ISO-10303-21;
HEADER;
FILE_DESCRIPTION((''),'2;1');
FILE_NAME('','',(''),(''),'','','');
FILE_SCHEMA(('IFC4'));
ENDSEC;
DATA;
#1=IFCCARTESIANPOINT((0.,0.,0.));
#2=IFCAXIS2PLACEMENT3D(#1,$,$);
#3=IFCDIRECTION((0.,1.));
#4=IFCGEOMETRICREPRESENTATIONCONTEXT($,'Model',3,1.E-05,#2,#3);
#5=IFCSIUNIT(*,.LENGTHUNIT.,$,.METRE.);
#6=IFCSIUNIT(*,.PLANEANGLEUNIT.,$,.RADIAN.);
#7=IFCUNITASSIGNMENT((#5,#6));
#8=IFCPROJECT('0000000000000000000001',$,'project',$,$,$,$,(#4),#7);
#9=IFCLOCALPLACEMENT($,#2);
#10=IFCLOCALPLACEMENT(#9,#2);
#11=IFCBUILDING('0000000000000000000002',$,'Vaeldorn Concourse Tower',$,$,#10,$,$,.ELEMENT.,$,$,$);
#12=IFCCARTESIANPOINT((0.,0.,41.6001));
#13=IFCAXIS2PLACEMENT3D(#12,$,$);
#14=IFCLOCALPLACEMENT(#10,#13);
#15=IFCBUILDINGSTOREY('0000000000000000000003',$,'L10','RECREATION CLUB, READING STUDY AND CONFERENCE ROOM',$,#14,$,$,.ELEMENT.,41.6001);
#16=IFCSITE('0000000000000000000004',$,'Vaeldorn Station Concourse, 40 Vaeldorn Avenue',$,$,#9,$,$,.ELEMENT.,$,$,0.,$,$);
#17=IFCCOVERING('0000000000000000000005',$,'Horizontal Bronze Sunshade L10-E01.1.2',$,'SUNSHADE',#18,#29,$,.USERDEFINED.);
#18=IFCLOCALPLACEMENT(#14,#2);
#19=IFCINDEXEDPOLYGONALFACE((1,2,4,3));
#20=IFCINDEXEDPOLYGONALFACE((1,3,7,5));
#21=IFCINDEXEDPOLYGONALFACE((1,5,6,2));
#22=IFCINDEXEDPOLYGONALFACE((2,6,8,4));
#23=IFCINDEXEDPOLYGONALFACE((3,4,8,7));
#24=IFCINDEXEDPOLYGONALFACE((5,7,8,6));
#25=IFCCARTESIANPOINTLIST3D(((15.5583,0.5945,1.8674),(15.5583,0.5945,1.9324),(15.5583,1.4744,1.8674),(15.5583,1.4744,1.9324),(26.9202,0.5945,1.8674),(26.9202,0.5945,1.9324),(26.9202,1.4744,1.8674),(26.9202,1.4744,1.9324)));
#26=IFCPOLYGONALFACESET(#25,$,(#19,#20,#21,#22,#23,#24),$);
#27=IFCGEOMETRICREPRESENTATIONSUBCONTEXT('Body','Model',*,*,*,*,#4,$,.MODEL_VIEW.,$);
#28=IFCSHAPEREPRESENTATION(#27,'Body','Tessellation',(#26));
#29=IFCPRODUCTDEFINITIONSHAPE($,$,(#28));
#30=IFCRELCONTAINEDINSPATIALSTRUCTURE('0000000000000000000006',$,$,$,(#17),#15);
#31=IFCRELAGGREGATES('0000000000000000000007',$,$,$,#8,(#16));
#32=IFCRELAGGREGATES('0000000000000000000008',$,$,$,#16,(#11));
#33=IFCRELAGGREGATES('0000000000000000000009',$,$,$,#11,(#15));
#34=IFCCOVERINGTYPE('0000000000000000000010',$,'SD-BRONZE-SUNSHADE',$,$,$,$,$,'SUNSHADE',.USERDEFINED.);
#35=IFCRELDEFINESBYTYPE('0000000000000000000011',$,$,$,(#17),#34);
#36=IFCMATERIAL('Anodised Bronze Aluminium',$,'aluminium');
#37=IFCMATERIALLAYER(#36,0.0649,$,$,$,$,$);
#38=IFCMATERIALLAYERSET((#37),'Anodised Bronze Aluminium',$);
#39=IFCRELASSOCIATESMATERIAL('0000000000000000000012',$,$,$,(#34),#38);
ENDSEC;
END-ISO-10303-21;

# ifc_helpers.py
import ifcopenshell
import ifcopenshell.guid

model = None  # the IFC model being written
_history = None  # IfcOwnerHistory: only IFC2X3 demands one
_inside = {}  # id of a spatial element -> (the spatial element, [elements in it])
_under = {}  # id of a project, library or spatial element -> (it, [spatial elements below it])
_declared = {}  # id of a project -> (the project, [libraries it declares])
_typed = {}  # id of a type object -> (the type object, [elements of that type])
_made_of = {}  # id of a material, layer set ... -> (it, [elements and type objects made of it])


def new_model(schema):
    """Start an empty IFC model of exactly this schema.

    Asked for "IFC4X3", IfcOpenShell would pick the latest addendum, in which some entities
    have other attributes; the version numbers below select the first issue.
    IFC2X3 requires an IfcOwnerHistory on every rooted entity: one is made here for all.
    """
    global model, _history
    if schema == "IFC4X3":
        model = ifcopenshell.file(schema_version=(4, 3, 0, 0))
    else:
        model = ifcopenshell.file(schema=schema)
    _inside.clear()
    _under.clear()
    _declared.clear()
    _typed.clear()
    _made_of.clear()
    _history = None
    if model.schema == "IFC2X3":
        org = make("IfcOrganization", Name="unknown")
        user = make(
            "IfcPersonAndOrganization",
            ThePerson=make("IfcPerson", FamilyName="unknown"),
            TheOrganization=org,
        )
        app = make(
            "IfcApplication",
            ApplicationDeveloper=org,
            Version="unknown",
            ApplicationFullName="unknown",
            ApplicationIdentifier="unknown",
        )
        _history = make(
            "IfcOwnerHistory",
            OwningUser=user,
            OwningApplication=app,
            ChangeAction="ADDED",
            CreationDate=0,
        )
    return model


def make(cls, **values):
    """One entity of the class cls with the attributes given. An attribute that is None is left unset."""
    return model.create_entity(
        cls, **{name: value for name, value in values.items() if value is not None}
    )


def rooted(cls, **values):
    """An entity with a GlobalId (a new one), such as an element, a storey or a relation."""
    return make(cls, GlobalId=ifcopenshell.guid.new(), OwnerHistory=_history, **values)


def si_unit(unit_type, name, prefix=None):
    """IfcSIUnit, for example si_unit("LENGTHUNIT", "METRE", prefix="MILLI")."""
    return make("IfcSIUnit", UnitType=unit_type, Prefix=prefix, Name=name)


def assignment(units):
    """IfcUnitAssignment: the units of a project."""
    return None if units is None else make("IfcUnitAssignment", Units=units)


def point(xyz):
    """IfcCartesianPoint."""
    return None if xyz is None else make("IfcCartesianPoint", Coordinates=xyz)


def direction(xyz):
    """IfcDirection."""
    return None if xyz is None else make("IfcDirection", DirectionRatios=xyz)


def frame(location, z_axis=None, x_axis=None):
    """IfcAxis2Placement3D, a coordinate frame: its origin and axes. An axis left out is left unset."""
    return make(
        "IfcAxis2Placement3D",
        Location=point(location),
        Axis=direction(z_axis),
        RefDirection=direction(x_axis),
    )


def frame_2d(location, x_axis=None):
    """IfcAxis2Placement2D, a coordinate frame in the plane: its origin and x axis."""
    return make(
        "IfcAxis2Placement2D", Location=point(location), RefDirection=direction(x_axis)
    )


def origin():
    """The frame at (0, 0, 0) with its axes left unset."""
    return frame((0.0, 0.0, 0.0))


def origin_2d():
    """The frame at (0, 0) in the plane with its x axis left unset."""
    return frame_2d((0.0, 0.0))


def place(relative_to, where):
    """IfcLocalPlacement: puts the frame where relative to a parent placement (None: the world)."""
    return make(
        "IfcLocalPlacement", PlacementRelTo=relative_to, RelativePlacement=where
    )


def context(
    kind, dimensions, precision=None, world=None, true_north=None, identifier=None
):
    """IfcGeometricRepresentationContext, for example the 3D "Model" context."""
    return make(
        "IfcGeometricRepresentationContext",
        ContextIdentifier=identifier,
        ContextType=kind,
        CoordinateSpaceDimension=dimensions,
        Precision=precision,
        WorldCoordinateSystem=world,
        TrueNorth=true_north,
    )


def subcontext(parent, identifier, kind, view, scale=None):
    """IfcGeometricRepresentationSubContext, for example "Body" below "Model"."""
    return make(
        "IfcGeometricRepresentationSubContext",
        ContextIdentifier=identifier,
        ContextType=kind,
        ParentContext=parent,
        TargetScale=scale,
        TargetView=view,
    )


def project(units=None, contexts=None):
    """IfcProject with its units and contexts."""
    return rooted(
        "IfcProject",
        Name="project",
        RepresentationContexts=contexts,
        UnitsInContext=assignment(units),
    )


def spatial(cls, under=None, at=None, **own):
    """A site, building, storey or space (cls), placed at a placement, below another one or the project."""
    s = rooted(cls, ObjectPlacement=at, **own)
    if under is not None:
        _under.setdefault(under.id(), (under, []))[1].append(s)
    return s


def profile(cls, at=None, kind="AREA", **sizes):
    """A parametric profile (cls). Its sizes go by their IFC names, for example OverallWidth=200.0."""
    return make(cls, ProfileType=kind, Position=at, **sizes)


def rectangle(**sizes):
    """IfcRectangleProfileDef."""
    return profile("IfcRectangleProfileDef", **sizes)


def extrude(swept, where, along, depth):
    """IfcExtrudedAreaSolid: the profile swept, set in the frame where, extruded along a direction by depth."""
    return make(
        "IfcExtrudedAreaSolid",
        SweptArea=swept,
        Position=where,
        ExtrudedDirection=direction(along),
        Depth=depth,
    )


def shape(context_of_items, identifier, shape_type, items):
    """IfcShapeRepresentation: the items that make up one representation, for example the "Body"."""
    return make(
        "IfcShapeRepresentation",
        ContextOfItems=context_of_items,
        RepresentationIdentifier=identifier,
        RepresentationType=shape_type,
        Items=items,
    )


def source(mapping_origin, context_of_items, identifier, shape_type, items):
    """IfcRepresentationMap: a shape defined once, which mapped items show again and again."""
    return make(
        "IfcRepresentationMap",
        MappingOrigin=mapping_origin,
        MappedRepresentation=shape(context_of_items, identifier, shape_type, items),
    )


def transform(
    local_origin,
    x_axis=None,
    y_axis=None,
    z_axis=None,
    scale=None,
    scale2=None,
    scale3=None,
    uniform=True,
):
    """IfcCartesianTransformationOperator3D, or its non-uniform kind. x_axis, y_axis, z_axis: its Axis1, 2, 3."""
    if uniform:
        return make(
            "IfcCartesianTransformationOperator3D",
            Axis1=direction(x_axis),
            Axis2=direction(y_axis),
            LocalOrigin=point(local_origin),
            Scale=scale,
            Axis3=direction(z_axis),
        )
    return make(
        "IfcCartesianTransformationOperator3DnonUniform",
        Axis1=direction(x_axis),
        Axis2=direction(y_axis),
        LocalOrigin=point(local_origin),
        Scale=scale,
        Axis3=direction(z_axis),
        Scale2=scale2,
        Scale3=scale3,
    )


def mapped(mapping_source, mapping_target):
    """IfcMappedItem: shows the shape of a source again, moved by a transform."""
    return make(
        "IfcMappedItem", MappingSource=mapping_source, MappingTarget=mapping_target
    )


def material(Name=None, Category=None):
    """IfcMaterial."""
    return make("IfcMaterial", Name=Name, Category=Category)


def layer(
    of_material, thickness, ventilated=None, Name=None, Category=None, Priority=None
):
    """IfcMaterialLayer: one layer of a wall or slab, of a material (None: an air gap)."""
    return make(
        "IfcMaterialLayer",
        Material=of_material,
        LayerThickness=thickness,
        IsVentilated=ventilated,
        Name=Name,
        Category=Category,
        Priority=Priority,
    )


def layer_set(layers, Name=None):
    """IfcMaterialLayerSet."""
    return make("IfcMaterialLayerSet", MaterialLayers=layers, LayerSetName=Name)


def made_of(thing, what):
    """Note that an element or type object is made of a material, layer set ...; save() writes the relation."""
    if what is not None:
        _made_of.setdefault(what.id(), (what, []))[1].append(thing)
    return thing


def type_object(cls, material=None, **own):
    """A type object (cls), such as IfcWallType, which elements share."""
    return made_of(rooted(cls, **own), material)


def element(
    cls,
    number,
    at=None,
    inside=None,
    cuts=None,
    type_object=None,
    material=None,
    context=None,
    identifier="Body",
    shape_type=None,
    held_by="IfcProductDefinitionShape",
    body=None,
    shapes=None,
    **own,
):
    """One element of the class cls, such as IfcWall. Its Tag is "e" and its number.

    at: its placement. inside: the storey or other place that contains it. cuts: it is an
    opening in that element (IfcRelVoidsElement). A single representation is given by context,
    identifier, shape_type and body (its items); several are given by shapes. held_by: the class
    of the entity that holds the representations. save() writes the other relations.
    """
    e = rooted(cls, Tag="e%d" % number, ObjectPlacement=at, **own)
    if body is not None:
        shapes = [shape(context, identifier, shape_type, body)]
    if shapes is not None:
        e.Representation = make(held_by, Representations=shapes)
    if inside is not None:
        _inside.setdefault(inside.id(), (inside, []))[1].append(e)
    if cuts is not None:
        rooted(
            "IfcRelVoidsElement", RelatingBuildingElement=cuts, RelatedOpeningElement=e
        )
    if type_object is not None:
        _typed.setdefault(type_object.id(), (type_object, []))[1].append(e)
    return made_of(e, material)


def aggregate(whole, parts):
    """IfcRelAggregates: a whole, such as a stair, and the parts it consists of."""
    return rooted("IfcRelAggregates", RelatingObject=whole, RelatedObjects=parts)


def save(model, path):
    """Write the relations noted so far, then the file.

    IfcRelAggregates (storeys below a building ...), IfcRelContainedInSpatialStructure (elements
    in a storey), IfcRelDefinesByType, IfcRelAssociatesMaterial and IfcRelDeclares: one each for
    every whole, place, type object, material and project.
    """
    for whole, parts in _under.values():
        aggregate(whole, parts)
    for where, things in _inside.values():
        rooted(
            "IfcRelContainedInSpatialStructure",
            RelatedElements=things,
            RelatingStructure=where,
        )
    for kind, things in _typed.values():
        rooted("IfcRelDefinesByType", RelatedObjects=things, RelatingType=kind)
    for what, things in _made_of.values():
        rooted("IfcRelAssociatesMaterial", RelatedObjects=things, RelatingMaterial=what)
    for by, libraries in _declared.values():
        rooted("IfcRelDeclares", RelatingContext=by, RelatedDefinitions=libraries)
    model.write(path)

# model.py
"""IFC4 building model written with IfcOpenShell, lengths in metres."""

from ifc_helpers import new_model, si_unit, direction, frame, origin, origin_2d, place, context, subcontext, project, spatial, rectangle, extrude, source, transform, mapped, material, layer, layer_set, type_object, element, save


model = new_model("IFC4")

# Units and contexts
model_context = context("Model", 3, precision=1e-05, world=origin(), true_north=direction((0.0, 1.0)))
body_context = subcontext(model_context, "Body", "Model", "MODEL_VIEW")
ifc_project = project(units=[si_unit("LENGTHUNIT", "METRE"), si_unit("PLANEANGLEUNIT", "RADIAN")], contexts=[model_context])

# Site, building, storey
site_placement = place(None, origin())
site = spatial("IfcSite", under=ifc_project, at=site_placement, Name="Vaeldorn Station Concourse, 40 Vaeldorn Avenue", CompositionType="ELEMENT", RefElevation=0.0)
building_placement = place(site_placement, origin())
building = spatial("IfcBuilding", under=site, at=building_placement, Name="Vaeldorn Concourse Tower", CompositionType="ELEMENT")
storey_placement = place(building_placement, frame((0.0, 0.0, 41.6001)))
storey = spatial("IfcBuildingStorey", under=building, at=storey_placement, Name="L10", Description="RECREATION CLUB, READING STUDY AND CONFERENCE ROOM", CompositionType="ELEMENT", Elevation=41.6001)

# Shared definitions
ifc_material_1 = material(Name="Anodised Bronze Aluminium", Category="aluminium")

# Covering
ifc_layer_1 = layer(ifc_material_1, 0.0649)
ifc_layer_set_1 = layer_set([ifc_layer_1], Name="Anodised Bronze Aluminium")
covering_type = type_object("IfcCoveringType", Name="SD-BRONZE-SUNSHADE", ElementType="SUNSHADE", PredefinedType="USERDEFINED", material=ifc_layer_set_1)
shared_shape_1 = source(origin(), body_context, "Body", "SweptSolid", [
    extrude(rectangle(XDim=11.3618, YDim=0.8799, at=origin_2d()), origin(), (0.0, 0.0, 1.0), 0.0649),
])
for number, where, z_axis, x_axis, name in (
    (1, (21.2393, 1.0344, 1.8674), (0.0, 0.0, 1.0), (1.0, 0.0, 0.0), "Horizontal Bronze Sunshade L10-E01.1.2"),
):
    element("IfcCovering", number, at=place(storey_placement, frame(where, z_axis=z_axis, x_axis=x_axis)), inside=storey, type_object=covering_type, Name=name, ObjectType="SUNSHADE", PredefinedType="USERDEFINED", context=body_context, shape_type="MappedRepresentation", body=[
        mapped(shared_shape_1, transform((0.0, 0.0, 0.0), scale=1.0)),
    ])

save(model, "model.ifc")
